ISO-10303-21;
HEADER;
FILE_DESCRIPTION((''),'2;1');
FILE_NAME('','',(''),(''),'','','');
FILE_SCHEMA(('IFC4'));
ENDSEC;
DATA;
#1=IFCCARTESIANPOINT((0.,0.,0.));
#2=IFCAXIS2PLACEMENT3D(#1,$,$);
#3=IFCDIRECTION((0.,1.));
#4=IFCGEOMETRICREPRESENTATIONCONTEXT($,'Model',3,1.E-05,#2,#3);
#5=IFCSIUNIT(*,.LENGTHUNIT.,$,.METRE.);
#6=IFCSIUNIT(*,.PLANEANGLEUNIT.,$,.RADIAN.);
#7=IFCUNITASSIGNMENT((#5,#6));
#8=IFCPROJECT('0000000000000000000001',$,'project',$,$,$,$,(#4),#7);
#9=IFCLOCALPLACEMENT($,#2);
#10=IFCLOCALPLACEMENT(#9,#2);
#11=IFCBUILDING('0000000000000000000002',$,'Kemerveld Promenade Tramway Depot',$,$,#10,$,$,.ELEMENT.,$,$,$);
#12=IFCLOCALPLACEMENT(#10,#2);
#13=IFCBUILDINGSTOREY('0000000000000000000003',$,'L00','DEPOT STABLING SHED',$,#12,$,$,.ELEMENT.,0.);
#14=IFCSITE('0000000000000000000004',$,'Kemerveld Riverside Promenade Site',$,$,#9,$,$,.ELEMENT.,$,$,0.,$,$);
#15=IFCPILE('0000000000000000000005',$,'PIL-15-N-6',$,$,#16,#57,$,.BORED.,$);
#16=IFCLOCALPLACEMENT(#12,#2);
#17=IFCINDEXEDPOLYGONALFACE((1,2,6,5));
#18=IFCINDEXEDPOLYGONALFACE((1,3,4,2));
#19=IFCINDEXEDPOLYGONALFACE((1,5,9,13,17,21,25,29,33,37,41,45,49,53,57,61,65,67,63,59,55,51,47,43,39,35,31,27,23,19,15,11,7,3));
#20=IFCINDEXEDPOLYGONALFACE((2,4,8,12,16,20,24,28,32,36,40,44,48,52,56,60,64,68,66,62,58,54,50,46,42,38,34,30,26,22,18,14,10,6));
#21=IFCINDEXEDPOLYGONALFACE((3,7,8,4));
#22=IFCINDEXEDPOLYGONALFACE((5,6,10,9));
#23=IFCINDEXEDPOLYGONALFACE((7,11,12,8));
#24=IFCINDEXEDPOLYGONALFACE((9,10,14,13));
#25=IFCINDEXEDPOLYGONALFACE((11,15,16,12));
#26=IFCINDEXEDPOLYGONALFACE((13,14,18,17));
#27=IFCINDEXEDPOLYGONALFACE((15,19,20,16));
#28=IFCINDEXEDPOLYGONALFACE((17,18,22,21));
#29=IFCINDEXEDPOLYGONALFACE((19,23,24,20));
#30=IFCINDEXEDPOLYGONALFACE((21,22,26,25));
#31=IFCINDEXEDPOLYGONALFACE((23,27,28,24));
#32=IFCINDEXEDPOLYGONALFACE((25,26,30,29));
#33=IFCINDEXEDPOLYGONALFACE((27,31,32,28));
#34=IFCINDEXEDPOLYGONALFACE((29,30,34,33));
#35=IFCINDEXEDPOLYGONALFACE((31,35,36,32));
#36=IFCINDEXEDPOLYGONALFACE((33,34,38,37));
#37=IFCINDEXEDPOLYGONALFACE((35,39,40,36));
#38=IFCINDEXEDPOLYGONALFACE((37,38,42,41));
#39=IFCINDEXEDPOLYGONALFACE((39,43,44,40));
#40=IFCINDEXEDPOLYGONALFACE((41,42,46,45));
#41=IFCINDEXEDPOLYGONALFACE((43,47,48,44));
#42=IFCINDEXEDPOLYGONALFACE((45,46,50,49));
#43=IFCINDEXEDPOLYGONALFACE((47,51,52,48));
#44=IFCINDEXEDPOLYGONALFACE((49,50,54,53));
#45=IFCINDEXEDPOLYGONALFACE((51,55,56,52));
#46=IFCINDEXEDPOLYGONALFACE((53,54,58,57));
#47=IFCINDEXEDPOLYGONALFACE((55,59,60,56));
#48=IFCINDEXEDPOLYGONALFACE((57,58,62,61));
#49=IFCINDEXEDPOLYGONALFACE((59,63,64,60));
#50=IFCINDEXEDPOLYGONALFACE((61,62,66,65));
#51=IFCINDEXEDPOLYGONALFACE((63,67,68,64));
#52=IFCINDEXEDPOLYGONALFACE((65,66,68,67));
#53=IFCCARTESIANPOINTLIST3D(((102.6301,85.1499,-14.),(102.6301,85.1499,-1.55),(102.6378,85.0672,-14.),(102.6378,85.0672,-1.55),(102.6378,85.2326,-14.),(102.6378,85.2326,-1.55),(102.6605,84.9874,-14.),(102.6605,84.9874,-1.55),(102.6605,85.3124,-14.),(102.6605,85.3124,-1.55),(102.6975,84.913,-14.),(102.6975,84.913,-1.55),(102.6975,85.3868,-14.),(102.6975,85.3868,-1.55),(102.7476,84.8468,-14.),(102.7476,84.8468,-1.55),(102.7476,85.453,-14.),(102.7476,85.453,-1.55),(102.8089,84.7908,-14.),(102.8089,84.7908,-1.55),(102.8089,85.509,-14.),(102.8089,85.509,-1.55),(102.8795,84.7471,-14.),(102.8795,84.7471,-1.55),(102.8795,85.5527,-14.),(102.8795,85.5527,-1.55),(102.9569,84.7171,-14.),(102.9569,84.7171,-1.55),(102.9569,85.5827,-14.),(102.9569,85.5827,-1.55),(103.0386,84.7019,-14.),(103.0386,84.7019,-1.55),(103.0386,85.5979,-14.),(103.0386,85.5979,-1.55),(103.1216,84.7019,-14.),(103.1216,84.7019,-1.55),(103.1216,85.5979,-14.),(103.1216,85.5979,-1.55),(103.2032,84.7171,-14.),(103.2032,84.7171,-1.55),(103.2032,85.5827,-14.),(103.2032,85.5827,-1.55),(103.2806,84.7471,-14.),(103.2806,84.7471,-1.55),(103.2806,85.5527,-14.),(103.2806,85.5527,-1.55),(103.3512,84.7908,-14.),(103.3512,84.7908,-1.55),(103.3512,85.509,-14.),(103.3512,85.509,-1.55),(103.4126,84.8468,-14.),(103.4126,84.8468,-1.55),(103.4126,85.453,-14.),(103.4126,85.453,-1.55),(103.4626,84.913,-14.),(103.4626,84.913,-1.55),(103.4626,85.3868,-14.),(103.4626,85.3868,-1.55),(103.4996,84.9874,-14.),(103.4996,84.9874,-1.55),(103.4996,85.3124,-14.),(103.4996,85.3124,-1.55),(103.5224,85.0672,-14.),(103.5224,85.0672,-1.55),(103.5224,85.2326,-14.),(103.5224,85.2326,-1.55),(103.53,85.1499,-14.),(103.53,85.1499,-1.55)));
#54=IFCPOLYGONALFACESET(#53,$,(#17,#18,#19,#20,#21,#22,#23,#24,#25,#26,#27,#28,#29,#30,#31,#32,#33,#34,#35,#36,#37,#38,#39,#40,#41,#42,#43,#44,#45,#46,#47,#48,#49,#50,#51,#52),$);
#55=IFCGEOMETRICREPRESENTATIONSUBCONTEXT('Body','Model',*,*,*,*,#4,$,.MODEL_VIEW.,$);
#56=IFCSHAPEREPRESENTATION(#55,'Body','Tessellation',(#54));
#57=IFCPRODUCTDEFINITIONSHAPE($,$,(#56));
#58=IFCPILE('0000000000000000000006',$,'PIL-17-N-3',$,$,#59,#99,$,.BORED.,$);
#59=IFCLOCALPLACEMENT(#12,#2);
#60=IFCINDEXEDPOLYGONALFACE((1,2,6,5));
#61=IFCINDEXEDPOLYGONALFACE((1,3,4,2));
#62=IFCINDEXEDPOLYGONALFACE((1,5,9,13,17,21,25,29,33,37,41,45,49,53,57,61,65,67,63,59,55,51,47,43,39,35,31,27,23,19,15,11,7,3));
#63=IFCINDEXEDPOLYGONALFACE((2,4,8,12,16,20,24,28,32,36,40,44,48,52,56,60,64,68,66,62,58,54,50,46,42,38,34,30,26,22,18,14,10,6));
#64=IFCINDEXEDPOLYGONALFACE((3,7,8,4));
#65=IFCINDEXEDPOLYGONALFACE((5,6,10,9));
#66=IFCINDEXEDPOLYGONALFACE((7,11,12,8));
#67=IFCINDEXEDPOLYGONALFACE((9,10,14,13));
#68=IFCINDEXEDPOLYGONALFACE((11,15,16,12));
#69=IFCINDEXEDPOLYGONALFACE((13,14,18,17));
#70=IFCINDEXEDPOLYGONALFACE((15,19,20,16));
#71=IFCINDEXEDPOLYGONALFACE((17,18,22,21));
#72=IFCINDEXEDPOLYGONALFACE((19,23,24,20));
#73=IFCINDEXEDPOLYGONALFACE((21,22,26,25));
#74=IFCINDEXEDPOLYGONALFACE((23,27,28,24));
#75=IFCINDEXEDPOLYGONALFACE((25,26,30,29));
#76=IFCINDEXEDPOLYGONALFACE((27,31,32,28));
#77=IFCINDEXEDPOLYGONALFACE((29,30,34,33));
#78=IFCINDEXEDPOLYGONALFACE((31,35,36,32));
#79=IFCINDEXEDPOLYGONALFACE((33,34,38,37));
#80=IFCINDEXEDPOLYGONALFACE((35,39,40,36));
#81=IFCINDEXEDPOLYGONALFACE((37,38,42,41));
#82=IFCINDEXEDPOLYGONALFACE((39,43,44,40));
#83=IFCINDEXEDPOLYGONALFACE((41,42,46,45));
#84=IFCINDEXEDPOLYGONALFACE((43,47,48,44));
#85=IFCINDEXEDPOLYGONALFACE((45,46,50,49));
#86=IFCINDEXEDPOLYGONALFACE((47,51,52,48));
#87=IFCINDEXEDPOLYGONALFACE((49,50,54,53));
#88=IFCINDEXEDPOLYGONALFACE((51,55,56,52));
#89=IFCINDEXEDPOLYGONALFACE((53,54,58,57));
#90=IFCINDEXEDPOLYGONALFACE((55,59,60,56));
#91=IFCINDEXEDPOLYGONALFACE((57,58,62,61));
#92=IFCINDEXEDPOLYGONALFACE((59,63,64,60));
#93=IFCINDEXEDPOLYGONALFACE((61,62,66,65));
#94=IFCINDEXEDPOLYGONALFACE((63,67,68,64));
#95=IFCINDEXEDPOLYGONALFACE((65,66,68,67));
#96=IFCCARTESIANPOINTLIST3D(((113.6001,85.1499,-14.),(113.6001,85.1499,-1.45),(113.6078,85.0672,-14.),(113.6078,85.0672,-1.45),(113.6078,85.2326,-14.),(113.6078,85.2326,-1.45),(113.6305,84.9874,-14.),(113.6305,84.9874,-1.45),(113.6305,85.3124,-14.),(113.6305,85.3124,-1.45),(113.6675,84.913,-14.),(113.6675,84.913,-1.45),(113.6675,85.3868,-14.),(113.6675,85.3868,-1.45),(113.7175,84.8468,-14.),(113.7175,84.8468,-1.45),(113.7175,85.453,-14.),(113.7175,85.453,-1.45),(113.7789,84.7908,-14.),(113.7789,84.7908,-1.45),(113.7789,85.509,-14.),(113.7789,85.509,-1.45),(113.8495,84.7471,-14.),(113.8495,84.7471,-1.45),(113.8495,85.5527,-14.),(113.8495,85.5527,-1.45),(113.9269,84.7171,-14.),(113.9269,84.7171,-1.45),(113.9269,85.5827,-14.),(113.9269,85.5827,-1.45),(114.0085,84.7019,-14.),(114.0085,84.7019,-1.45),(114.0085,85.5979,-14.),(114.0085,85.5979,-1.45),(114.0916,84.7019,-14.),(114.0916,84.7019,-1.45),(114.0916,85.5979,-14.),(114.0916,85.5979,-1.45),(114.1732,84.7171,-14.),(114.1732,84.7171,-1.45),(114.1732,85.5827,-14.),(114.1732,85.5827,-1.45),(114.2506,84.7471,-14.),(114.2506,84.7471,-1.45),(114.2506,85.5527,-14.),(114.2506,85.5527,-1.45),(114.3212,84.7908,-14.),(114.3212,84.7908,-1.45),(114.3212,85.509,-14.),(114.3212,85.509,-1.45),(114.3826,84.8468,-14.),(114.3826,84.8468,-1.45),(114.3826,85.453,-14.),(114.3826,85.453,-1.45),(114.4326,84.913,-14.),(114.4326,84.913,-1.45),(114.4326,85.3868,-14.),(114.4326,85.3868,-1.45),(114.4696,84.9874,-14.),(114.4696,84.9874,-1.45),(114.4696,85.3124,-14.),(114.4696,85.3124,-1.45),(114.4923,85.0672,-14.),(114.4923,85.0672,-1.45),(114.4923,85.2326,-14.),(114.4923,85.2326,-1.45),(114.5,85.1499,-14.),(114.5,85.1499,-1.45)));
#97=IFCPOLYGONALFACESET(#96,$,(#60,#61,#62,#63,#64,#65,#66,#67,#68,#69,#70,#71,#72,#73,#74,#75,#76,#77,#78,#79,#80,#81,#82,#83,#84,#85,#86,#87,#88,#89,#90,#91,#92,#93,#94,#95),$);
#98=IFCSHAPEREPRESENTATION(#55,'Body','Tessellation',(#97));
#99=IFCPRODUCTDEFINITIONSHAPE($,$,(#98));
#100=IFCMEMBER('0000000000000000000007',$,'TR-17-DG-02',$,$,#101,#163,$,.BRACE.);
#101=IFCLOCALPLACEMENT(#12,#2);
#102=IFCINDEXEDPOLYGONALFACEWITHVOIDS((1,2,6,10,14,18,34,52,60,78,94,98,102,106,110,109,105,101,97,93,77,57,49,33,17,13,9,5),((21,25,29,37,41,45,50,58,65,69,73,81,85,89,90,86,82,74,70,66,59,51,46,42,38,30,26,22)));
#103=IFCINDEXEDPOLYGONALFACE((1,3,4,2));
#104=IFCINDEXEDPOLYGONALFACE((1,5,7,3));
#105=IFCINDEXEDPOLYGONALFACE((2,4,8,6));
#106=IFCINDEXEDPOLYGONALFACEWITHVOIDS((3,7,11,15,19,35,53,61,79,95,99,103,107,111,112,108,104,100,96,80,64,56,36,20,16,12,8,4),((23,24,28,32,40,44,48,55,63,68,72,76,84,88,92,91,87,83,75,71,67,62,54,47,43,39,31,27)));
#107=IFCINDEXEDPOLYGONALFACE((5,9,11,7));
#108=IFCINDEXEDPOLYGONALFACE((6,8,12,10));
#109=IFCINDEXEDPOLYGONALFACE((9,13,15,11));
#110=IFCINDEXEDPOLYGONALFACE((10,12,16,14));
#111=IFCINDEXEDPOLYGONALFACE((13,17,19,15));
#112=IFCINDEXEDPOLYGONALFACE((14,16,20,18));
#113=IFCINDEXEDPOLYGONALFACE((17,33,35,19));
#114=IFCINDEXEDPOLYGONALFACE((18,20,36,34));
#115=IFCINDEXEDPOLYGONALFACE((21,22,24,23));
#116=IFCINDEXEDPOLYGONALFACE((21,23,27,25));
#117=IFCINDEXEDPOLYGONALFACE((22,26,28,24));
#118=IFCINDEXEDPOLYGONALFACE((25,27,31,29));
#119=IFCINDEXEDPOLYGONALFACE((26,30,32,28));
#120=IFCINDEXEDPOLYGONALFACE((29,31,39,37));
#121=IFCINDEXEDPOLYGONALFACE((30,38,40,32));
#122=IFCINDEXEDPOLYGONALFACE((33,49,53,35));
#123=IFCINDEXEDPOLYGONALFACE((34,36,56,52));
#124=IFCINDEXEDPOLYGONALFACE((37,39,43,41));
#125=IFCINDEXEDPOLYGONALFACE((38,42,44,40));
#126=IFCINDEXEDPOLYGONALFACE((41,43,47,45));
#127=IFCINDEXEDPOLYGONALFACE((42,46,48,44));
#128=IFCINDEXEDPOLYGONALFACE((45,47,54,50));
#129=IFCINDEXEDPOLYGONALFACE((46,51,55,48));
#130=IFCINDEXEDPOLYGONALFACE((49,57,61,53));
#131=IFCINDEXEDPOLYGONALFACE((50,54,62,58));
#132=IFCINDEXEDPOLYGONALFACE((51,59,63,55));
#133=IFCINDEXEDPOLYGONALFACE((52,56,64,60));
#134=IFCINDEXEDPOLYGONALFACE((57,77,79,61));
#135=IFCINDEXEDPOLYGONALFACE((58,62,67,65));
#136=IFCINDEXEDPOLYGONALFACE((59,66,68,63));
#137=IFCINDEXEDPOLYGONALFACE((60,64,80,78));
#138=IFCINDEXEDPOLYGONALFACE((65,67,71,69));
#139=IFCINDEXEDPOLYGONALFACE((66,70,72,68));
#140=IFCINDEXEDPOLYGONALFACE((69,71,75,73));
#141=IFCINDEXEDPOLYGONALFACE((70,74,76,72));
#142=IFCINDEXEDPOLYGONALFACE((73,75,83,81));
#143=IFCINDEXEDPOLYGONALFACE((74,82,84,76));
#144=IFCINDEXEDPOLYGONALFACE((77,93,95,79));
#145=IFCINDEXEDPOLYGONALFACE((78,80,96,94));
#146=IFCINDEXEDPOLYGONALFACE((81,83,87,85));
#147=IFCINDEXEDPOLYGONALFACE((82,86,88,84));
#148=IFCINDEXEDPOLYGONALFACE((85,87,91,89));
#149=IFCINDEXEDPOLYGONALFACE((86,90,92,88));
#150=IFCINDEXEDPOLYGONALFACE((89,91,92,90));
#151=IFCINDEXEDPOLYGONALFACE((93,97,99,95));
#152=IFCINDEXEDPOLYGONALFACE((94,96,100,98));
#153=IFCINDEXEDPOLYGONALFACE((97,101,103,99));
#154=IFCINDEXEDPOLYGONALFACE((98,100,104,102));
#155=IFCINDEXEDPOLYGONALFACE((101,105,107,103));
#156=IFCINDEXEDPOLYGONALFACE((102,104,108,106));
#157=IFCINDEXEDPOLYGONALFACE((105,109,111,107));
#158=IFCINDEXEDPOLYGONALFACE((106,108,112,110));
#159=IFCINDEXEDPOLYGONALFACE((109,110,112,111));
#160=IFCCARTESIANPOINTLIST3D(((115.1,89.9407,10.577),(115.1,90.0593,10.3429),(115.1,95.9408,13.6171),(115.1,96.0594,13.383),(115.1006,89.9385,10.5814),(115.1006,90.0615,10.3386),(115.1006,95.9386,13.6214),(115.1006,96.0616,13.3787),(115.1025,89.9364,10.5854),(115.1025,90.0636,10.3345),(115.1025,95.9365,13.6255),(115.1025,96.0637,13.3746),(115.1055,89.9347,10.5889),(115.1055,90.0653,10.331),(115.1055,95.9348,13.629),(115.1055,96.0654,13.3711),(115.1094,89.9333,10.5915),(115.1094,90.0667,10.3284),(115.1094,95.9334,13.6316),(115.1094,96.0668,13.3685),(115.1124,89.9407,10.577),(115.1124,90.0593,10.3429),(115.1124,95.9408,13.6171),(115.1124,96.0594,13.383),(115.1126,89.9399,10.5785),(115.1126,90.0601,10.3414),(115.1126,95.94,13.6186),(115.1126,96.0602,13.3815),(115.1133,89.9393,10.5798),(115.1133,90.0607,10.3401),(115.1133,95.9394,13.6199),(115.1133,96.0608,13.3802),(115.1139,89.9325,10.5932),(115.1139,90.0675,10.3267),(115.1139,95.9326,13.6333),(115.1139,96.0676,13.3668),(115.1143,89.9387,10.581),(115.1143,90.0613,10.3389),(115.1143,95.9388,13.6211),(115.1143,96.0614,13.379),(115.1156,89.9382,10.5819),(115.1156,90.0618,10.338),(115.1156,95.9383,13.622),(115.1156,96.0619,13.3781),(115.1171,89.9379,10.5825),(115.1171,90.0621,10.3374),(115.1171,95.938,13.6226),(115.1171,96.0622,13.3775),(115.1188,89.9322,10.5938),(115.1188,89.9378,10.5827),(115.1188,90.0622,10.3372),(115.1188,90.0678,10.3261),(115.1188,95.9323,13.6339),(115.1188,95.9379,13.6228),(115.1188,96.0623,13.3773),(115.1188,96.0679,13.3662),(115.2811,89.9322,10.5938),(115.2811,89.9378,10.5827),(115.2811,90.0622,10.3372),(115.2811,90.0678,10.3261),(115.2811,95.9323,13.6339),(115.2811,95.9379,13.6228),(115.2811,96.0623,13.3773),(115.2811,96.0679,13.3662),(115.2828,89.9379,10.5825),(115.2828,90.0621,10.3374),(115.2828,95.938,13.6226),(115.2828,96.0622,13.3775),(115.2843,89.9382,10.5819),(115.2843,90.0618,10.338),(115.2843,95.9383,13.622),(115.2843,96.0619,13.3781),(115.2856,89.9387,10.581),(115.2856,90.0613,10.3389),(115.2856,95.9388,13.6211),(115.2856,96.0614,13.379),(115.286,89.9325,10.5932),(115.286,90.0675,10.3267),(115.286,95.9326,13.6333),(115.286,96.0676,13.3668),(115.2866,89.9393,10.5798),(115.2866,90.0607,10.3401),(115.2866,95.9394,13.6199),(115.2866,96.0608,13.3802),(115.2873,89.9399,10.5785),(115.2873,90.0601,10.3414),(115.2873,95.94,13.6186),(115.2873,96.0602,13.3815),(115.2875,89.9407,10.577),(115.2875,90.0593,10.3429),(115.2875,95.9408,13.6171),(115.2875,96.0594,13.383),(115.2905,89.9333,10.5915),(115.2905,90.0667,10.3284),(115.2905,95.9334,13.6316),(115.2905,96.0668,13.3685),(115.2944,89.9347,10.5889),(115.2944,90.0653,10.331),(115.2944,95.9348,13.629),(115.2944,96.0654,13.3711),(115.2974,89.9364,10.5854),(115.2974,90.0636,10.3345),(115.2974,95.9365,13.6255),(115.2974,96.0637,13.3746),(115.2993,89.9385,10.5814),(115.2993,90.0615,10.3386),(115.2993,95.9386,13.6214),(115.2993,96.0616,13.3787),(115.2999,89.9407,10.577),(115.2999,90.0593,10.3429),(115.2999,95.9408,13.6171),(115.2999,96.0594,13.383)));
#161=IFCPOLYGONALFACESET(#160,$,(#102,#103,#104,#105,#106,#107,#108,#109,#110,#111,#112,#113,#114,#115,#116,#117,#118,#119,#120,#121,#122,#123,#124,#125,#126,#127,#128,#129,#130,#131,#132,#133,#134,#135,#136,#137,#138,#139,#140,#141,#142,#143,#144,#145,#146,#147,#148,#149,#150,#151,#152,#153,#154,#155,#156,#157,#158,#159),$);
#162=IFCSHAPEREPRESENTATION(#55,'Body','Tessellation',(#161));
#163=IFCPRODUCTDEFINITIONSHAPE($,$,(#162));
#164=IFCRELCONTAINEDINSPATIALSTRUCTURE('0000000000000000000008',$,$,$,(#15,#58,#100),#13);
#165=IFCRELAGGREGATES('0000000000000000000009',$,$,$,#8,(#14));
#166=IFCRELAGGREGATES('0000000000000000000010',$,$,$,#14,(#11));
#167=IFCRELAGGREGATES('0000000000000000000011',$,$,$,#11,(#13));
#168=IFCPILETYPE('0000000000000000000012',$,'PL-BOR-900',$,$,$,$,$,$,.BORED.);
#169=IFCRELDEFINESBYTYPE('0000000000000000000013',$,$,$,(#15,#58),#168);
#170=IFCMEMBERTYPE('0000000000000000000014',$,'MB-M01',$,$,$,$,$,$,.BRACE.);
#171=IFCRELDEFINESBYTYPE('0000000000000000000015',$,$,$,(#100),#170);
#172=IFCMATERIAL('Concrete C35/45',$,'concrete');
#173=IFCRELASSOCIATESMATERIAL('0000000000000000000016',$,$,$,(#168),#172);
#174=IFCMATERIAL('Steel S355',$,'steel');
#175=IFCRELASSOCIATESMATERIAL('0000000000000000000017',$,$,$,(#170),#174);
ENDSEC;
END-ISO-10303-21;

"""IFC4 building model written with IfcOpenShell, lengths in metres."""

from ifc_helpers import new_model, si_unit, direction, frame, origin, origin_2d, place, context, subcontext, project, spatial, hollow_rectangle, circle, extrude, material, material_profile, profile_set, type_object, element, save


model = new_model("IFC4")

# Units and contexts
model_context = context("Model", 3, precision=1e-05, world=origin(), true_north=direction((0.0, 1.0)))
body_context = subcontext(model_context, "Body", "Model", "MODEL_VIEW")
ifc_project = project(units=[si_unit("LENGTHUNIT", "METRE"), si_unit("PLANEANGLEUNIT", "RADIAN")], contexts=[model_context])

# Site, building, storey
site_placement = place(None, origin())
site = spatial("IfcSite", under=ifc_project, at=site_placement, Name="Kemerveld Riverside Promenade Site", CompositionType="ELEMENT", RefElevation=0.0)
building_placement = place(site_placement, origin())
building = spatial("IfcBuilding", under=site, at=building_placement, Name="Kemerveld Promenade Tramway Depot", CompositionType="ELEMENT")
storey_placement = place(building_placement, origin())
storey = spatial("IfcBuildingStorey", under=building, at=storey_placement, Name="L00", Description="DEPOT STABLING SHED", CompositionType="ELEMENT", Elevation=0.0)

# Shared definitions
ifc_material_1 = material(Name="Concrete C35/45", Category="concrete")

# Piles
ifc_material_profile_1 = material_profile(ifc_material_1, circle(Radius=0.45, at=origin_2d()), Name="PILE-D900")
ifc_profile_set_1 = profile_set([ifc_material_profile_1], Name="Concrete C35/45")
pile_type_1 = type_object("IfcPileType", Name="PL-BOR-900", PredefinedType="BORED", material=ifc_profile_set_1)
for number, where, z_axis, x_axis, name in (
    (1, (103.0801, 85.1499, -1.55), (0.0, 0.0, -1.0), (1.0, 0.0, 0.0), "PIL-15-N-6"),
):
    element("IfcPile", number, at=place(storey_placement, frame(where, z_axis=z_axis, x_axis=x_axis)), inside=storey, type_object=pile_type_1, Name=name, PredefinedType="BORED", context=body_context, shape_type="SweptSolid", body=[
        extrude(circle(Radius=0.45, at=origin_2d()), origin(), (0.0, 0.0, 1.0), 12.45),
    ])
pile_placement = place(storey_placement, frame((114.05, 85.1499, -1.45), z_axis=(0.0, 0.0, -1.0), x_axis=(1.0, 0.0, 0.0)))
element("IfcPile", 2, at=pile_placement, inside=storey, type_object=pile_type_1, Name="PIL-17-N-3", PredefinedType="BORED", context=body_context, shape_type="SweptSolid", body=[
    extrude(circle(Radius=0.45, at=origin_2d()), origin(), (0.0, 0.0, 1.0), 12.55),
])

# Member
ifc_material_2 = material(Name="Steel S355", Category="steel")
ifc_material_profile_2 = material_profile(ifc_material_2, hollow_rectangle(XDim=0.2, YDim=0.3, WallThickness=0.0125, InnerFilletRadius=0.0063, OuterFilletRadius=0.0188, at=origin_2d()), Name="300x200x12.5 RHS")
ifc_profile_set_2 = profile_set([ifc_material_profile_2], Name="Steel S355")
member_type_1 = type_object("IfcMemberType", Name="MB-M01", PredefinedType="BRACE", material=ifc_profile_set_2)
member_1_placement = place(storey_placement, frame((115.2, 90.0, 10.46), z_axis=(0.0, 0.892033, 0.451969), x_axis=(-1.0, 0.0, 0.0)))
element("IfcMember", 3, at=member_1_placement, inside=storey, type_object=member_type_1, Name="TR-17-DG-02", PredefinedType="BRACE", context=body_context, shape_type="SweptSolid", body=[
    extrude(hollow_rectangle(XDim=0.2, YDim=0.3, WallThickness=0.0125, InnerFilletRadius=0.0063, OuterFilletRadius=0.0188, at=origin_2d()), origin(), (0.0, 0.0, 1.0), 6.7263),
])

save(model, "model.ifc")
